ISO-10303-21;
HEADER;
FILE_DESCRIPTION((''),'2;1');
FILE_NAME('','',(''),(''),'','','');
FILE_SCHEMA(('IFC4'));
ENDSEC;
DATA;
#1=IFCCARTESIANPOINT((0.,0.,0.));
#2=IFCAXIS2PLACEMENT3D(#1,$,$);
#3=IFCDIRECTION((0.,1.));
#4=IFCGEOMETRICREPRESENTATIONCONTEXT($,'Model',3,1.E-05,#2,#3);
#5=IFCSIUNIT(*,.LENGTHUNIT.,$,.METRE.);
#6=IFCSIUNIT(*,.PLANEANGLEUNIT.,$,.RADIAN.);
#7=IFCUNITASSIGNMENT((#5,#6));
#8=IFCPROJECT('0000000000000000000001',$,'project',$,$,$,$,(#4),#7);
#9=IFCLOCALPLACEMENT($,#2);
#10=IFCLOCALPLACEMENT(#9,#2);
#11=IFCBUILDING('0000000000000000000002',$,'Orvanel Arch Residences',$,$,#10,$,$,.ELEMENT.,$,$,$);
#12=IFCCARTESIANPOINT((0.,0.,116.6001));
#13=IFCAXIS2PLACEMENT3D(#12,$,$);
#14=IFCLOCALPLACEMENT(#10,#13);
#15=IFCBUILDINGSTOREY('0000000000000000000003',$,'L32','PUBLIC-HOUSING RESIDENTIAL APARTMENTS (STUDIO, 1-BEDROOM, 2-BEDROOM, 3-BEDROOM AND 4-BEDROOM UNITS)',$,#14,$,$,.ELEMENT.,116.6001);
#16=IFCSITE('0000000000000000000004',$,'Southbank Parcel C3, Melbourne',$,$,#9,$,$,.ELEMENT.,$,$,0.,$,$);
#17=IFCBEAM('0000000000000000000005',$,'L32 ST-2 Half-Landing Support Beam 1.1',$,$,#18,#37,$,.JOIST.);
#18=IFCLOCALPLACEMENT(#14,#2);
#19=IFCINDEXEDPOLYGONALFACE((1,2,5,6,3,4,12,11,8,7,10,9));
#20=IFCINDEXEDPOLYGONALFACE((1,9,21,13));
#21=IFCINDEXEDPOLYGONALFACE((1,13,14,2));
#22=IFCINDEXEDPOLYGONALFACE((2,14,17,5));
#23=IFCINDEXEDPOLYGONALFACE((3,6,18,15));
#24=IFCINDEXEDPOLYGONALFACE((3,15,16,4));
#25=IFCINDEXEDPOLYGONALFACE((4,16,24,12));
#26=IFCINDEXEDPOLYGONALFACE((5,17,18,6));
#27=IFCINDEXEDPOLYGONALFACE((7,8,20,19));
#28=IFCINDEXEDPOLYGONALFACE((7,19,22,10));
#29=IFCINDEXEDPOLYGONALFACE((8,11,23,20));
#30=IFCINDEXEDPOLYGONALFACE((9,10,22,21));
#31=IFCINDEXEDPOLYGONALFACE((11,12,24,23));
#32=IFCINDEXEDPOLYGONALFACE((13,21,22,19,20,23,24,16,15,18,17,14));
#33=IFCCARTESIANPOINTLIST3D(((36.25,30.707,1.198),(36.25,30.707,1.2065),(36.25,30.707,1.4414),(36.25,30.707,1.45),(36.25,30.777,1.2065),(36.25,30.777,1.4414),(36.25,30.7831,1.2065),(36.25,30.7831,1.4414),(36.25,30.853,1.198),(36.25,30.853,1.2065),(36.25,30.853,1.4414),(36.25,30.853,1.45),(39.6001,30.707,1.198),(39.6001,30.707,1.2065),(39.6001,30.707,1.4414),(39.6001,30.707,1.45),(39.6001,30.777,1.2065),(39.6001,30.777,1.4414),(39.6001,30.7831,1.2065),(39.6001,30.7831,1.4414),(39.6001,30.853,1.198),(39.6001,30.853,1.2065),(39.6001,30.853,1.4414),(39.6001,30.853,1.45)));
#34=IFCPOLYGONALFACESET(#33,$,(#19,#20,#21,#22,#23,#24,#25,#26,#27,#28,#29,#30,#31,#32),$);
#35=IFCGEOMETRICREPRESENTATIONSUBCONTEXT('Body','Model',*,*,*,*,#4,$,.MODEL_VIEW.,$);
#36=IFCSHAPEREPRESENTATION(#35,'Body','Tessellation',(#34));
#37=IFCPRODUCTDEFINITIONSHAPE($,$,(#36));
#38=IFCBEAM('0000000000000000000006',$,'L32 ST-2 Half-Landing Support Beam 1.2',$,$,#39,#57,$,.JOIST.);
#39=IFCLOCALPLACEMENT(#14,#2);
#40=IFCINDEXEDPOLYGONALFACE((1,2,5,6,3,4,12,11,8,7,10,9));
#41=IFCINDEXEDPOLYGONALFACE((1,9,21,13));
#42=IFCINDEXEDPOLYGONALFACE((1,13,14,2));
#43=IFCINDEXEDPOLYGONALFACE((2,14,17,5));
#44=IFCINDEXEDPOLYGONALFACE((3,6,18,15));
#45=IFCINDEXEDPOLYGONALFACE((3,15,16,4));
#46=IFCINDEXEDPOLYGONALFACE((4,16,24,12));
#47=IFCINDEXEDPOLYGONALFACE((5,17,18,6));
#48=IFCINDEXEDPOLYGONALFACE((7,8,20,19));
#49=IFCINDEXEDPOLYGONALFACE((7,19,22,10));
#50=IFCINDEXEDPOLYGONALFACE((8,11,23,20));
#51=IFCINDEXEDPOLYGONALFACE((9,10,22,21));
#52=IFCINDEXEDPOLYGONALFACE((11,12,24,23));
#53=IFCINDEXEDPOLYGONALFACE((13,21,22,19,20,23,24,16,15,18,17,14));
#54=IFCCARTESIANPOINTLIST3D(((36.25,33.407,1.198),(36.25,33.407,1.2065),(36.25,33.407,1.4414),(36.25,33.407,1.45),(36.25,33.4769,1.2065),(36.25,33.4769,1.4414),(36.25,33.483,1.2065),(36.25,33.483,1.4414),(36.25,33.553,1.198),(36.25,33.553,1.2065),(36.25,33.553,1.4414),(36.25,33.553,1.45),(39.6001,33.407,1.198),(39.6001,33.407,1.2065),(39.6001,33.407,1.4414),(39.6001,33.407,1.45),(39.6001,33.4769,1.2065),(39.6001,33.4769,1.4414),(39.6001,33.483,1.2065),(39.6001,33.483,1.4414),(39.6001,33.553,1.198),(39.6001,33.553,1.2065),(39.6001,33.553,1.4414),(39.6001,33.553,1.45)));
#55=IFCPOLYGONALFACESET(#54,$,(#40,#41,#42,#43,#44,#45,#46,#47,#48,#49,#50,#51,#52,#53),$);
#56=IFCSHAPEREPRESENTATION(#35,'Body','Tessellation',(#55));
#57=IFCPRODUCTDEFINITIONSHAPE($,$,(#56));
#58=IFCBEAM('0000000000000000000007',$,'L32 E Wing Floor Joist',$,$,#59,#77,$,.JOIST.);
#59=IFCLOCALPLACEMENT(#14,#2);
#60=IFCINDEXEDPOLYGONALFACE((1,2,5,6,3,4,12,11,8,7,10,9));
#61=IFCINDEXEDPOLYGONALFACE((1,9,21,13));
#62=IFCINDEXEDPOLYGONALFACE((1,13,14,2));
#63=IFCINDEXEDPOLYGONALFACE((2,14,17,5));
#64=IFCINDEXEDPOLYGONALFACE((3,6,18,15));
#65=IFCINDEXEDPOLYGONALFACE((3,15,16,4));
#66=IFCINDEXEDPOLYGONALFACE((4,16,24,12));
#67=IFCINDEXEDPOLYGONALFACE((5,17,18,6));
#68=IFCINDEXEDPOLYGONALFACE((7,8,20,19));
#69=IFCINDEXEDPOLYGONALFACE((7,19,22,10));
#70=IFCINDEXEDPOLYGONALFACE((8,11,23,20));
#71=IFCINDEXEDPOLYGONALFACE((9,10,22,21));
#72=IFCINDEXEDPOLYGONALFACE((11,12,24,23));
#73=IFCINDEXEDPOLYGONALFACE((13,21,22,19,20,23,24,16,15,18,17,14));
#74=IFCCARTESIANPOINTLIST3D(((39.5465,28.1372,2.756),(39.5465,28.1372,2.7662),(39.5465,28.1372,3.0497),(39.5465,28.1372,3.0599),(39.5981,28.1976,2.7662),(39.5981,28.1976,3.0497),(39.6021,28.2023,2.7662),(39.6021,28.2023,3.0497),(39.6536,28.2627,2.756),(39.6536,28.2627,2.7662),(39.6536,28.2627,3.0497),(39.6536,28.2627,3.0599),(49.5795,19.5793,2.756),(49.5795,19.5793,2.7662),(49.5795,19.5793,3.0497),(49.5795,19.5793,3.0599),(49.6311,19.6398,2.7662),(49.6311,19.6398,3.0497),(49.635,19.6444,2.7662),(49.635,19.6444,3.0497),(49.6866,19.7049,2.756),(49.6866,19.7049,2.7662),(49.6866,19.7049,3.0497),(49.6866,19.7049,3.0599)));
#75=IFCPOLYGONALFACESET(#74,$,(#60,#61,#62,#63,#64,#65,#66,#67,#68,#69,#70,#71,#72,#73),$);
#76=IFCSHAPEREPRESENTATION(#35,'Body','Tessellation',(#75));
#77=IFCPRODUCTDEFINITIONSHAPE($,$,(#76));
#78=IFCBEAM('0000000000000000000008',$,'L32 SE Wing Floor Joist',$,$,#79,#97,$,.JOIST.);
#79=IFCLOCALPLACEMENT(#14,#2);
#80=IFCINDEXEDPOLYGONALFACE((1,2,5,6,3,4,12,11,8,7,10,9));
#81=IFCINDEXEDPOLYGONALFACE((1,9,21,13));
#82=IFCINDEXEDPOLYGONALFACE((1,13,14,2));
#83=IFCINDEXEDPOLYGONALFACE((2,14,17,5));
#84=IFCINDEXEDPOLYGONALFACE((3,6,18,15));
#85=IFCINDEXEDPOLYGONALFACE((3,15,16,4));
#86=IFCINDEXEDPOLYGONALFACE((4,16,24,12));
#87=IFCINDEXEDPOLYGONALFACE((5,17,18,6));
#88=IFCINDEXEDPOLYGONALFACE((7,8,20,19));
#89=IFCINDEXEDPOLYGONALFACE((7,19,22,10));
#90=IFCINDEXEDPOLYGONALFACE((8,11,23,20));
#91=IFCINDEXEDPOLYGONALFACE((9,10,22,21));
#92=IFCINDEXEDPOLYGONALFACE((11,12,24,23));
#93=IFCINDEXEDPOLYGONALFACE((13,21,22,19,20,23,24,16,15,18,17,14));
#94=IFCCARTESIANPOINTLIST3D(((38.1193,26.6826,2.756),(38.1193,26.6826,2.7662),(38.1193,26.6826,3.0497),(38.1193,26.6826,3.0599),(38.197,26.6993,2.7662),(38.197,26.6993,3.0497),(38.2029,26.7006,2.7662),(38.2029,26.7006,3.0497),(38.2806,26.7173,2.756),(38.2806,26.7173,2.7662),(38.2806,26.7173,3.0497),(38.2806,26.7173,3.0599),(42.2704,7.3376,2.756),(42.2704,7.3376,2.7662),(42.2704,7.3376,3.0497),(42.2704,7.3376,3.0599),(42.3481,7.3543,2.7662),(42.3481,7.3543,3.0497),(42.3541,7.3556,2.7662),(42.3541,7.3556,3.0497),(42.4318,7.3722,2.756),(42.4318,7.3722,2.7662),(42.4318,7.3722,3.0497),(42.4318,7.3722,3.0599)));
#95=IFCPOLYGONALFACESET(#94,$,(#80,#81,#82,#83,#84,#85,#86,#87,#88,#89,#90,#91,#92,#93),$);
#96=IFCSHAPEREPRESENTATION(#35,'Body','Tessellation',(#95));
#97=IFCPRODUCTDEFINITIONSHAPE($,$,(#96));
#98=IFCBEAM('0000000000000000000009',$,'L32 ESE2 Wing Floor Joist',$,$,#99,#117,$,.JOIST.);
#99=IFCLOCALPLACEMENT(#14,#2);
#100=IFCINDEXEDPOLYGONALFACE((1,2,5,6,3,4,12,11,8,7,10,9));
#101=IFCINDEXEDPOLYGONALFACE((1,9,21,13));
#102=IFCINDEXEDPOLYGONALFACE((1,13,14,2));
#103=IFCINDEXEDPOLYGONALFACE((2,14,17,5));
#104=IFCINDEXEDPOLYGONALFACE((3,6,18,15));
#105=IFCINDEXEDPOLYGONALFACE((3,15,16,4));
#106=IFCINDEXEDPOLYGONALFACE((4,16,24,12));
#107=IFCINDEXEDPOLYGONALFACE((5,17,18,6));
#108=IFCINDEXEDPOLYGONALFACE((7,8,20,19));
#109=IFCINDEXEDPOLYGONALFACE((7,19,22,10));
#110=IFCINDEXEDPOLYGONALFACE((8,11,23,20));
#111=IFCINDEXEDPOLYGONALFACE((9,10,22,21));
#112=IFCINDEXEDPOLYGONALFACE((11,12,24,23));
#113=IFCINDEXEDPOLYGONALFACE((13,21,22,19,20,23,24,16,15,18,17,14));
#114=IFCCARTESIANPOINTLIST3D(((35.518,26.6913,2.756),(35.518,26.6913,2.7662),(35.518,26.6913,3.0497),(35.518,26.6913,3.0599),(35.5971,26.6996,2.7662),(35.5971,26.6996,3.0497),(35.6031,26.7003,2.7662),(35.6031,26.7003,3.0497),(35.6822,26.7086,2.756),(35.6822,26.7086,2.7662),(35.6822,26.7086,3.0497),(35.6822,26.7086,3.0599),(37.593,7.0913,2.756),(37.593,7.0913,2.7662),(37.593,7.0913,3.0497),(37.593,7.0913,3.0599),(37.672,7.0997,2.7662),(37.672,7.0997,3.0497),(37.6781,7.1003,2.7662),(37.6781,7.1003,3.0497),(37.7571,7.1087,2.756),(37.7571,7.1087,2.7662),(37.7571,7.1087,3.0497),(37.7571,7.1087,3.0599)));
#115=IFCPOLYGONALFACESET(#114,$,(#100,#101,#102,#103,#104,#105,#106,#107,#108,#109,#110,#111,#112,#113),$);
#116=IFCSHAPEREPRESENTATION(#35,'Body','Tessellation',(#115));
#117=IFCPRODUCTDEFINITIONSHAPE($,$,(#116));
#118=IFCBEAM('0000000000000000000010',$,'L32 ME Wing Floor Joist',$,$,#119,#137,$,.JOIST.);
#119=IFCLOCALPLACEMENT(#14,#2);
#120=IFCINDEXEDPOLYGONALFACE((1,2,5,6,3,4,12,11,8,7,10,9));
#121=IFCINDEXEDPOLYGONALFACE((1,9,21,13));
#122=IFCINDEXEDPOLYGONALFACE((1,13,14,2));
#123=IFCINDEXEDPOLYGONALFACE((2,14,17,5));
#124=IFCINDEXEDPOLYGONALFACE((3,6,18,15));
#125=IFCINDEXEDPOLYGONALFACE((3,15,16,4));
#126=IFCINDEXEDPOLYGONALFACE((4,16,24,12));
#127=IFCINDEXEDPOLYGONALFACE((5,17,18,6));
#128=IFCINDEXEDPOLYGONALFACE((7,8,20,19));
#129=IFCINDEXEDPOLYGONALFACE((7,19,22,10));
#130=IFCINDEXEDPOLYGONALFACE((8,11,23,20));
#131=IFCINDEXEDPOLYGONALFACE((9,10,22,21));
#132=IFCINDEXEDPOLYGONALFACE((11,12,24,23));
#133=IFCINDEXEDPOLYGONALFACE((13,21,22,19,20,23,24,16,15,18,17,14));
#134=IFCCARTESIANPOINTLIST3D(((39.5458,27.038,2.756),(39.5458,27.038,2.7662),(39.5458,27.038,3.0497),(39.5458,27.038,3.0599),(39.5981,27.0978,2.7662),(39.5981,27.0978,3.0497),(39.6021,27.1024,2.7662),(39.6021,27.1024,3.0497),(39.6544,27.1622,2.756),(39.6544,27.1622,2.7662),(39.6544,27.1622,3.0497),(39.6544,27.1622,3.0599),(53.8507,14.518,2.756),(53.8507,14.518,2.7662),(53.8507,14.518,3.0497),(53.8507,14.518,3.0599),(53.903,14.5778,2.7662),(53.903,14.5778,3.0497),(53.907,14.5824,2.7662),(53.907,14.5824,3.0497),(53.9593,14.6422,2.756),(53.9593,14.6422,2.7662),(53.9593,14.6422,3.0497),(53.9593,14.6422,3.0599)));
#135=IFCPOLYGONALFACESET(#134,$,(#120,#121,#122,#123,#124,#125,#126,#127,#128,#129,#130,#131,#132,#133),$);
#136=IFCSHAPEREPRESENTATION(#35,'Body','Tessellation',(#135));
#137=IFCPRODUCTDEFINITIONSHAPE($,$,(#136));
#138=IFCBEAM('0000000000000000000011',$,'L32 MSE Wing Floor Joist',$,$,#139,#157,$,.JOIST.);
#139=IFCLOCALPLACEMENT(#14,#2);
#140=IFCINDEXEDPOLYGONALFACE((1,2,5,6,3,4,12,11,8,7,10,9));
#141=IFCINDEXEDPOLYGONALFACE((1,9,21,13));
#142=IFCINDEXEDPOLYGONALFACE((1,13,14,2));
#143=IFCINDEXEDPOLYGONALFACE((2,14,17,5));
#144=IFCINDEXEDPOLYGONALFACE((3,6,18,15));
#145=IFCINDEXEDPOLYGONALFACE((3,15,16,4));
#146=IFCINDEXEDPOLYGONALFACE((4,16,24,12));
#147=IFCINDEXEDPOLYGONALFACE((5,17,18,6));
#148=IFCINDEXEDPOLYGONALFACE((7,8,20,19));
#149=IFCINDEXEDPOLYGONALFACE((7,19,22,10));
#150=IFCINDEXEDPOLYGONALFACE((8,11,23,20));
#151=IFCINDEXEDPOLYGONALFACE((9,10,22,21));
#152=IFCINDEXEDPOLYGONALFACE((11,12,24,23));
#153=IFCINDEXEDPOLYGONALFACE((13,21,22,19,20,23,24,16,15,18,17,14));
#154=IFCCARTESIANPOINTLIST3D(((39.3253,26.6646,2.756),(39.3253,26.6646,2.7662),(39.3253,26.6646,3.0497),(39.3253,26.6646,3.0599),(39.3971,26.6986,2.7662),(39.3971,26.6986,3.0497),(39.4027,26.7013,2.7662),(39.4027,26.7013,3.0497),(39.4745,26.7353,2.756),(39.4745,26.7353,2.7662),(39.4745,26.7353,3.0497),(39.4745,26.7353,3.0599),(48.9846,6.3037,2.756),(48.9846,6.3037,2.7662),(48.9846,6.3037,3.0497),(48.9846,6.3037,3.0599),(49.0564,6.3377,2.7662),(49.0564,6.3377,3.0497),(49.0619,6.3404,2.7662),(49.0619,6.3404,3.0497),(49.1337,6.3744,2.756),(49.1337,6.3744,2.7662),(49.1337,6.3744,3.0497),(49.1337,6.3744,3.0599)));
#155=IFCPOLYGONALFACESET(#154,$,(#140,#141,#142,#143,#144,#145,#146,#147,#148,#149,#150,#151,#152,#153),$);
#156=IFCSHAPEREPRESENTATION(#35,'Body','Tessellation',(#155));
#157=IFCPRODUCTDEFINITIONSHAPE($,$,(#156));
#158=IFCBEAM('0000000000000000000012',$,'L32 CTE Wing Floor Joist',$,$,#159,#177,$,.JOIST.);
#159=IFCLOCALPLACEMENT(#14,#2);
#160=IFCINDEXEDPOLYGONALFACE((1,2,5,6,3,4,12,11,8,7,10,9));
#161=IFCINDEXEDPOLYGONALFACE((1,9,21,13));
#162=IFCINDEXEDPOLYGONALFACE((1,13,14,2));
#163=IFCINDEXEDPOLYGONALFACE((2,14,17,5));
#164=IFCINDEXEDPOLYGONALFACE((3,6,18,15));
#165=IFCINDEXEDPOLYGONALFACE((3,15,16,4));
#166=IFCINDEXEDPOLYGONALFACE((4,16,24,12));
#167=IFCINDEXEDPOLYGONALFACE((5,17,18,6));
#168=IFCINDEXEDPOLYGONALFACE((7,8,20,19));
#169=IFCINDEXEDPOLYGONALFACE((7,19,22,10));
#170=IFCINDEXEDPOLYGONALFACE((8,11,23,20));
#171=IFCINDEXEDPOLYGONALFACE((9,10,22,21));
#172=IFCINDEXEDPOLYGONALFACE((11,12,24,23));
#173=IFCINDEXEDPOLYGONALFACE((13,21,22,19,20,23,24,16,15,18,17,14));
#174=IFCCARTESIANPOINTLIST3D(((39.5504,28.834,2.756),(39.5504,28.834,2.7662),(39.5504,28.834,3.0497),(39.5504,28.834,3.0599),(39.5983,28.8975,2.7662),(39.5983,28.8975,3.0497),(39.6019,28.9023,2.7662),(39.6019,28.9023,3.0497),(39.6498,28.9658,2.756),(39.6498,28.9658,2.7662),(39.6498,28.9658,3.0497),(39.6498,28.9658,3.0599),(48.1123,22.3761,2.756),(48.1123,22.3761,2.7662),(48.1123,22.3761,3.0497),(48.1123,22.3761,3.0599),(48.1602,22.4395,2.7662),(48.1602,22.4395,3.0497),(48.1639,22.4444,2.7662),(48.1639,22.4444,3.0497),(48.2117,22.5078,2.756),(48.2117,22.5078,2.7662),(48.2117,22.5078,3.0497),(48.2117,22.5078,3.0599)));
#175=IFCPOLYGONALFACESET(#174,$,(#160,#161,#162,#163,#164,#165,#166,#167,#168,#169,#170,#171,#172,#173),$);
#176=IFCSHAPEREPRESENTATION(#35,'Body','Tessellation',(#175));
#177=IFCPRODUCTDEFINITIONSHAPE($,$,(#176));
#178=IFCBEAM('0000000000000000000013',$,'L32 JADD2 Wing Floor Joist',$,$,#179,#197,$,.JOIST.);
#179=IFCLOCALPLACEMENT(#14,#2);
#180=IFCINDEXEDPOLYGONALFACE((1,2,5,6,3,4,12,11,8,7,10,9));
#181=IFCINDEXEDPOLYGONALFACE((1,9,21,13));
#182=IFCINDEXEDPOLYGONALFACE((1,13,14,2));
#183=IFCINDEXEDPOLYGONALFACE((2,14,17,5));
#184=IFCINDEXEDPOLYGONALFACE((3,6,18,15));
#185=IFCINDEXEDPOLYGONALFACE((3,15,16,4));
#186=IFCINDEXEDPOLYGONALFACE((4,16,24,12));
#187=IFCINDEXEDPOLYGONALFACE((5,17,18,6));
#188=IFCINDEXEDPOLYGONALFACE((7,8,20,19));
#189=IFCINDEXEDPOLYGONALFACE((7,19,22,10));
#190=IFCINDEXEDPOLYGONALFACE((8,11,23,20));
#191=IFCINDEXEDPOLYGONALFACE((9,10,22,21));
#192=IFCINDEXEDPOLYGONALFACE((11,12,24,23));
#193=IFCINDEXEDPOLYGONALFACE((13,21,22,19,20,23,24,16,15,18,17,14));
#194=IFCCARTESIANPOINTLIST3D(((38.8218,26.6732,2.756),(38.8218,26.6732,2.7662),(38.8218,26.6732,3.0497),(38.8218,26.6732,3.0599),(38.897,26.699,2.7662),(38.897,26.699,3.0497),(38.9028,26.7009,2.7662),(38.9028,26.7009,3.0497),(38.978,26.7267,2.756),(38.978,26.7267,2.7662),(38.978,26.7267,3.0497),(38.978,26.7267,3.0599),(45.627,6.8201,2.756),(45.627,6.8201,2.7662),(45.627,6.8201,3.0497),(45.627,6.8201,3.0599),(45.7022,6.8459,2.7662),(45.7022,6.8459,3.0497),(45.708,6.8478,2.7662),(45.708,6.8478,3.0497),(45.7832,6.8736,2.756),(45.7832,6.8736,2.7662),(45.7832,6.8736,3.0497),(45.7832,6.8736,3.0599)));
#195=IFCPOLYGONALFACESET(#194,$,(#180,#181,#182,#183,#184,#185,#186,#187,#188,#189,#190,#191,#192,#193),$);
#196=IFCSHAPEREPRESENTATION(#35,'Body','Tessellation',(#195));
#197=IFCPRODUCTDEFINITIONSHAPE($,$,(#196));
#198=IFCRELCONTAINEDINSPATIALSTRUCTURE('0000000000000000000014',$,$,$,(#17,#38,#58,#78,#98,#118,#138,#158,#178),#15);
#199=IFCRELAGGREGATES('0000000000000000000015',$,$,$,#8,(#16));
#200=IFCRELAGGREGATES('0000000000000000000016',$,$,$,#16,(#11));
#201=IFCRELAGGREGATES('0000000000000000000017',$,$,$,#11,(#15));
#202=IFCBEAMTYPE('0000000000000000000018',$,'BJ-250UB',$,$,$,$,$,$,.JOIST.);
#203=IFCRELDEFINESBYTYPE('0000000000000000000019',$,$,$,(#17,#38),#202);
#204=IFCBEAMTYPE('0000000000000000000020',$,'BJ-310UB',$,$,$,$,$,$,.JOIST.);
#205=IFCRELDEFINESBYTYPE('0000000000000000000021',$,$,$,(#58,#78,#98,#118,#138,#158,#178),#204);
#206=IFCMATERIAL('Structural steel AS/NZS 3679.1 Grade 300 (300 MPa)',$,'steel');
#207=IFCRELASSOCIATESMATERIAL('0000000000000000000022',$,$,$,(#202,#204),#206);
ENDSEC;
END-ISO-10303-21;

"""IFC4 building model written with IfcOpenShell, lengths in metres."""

from ifc_helpers import new_model, si_unit, direction, frame, origin, origin_2d, place, context, subcontext, project, spatial, i_section, extrude, material, material_profile, profile_set, type_object, element, save


model = new_model("IFC4")

# Units and contexts
model_context = context("Model", 3, precision=1e-05, world=origin(), true_north=direction((0.0, 1.0)))
body_context = subcontext(model_context, "Body", "Model", "MODEL_VIEW")
ifc_project = project(units=[si_unit("LENGTHUNIT", "METRE"), si_unit("PLANEANGLEUNIT", "RADIAN")], contexts=[model_context])

# Site, building, storey
site_placement = place(None, origin())
site = spatial("IfcSite", under=ifc_project, at=site_placement, Name="Southbank Parcel C3, Melbourne", CompositionType="ELEMENT", RefElevation=0.0)
building_placement = place(site_placement, origin())
building = spatial("IfcBuilding", under=site, at=building_placement, Name="Orvanel Arch Residences", CompositionType="ELEMENT")
storey_placement = place(building_placement, frame((0.0, 0.0, 116.6001)))
storey = spatial("IfcBuildingStorey", under=building, at=storey_placement, Name="L32", Description="PUBLIC-HOUSING RESIDENTIAL APARTMENTS (STUDIO, 1-BEDROOM, 2-BEDROOM, 3-BEDROOM AND 4-BEDROOM UNITS)", CompositionType="ELEMENT", Elevation=116.6001)

# Beams
ifc_material_1 = material(Name="Structural steel AS/NZS 3679.1 Grade 300 (300 MPa)", Category="steel")
ifc_material_profile_1 = material_profile(ifc_material_1, i_section(OverallWidth=0.146, OverallDepth=0.252, WebThickness=0.0061, FlangeThickness=0.0085, at=origin_2d()), Name="250UB31.4")
ifc_profile_set_1 = profile_set([ifc_material_profile_1], Name="Structural steel AS/NZS 3679.1 Grade 300 (300 MPa)")
beam_type_1 = type_object("IfcBeamType", Name="BJ-250UB", PredefinedType="JOIST", material=ifc_profile_set_1)
for number, where, z_axis, x_axis, name in (
    (1, (36.25, 30.78, 1.324), (1.0, 0.0, 0.0), (0.0, 1.0, 0.0), "L32 ST-2 Half-Landing Support Beam 1.1"),
    (2, (36.25, 33.48, 1.324), (1.0, 0.0, 0.0), (0.0, 1.0, 0.0), "L32 ST-2 Half-Landing Support Beam 1.2"),
):
    element("IfcBeam", number, at=place(storey_placement, frame(where, z_axis=z_axis, x_axis=x_axis)), inside=storey, type_object=beam_type_1, Name=name, PredefinedType="JOIST", context=body_context, shape_type="SweptSolid", body=[
        extrude(i_section(OverallWidth=0.146, OverallDepth=0.252, WebThickness=0.0061, FlangeThickness=0.0085, at=origin_2d()), origin(), (0.0, 0.0, 1.0), 3.3501),
    ])
ifc_material_profile_2 = material_profile(ifc_material_1, i_section(OverallWidth=0.165, OverallDepth=0.304, WebThickness=0.0061, FlangeThickness=0.0103, at=origin_2d()), Name="310UB40.4")
ifc_profile_set_2 = profile_set([ifc_material_profile_2], Name="Structural steel AS/NZS 3679.1 Grade 300 (300 MPa)")
beam_type_2 = type_object("IfcBeamType", Name="BJ-310UB", PredefinedType="JOIST", material=ifc_profile_set_2)
beam_1_placement = place(storey_placement, frame((39.6001, 28.2, 2.908), z_axis=(0.760821, -0.648961, 0.0), x_axis=(0.648961, 0.760821, 0.0)))
element("IfcBeam", 3, at=beam_1_placement, inside=storey, type_object=beam_type_2, Name="L32 E Wing Floor Joist", PredefinedType="JOIST", context=body_context, shape_type="SweptSolid", body=[
    extrude(i_section(OverallWidth=0.165, OverallDepth=0.304, WebThickness=0.0061, FlangeThickness=0.0103, at=origin_2d()), origin(), (0.0, 0.0, 1.0), 13.187),
])
beam_2_placement = place(storey_placement, frame((38.2, 26.7, 2.908), z_axis=(0.209808, -0.977743, 0.0), x_axis=(0.977743, 0.209808, 0.0)))
element("IfcBeam", 4, at=beam_2_placement, inside=storey, type_object=beam_type_2, Name="L32 SE Wing Floor Joist", PredefinedType="JOIST", context=body_context, shape_type="SweptSolid", body=[
    extrude(i_section(OverallWidth=0.165, OverallDepth=0.304, WebThickness=0.0061, FlangeThickness=0.0103, at=origin_2d()), origin(), (0.0, 0.0, 1.0), 19.7854),
])
beam_3_placement = place(storey_placement, frame((35.6001, 26.7, 2.908), z_axis=(0.105277, -0.994443, 0.0), x_axis=(0.994443, 0.105277, 0.0)))
element("IfcBeam", 5, at=beam_3_placement, inside=storey, type_object=beam_type_2, Name="L32 ESE2 Wing Floor Joist", PredefinedType="JOIST", context=body_context, shape_type="SweptSolid", body=[
    extrude(i_section(OverallWidth=0.165, OverallDepth=0.304, WebThickness=0.0061, FlangeThickness=0.0103, at=origin_2d()), origin(), (0.0, 0.0, 1.0), 19.7095),
])
beam_4_placement = place(storey_placement, frame((39.6001, 27.1001, 2.908), z_axis=(0.752493, -0.6586, 0.0), x_axis=(0.6586, 0.752493, 0.0)))
element("IfcBeam", 6, at=beam_4_placement, inside=storey, type_object=beam_type_2, Name="L32 ME Wing Floor Joist", PredefinedType="JOIST", context=body_context, shape_type="SweptSolid", body=[
    extrude(i_section(OverallWidth=0.165, OverallDepth=0.304, WebThickness=0.0061, FlangeThickness=0.0103, at=origin_2d()), origin(), (0.0, 0.0, 1.0), 19.01),
])
beam_5_placement = place(storey_placement, frame((39.3999, 26.7, 2.908), z_axis=(0.428614, -0.903488, 0.0), x_axis=(0.903488, 0.428614, 0.0)))
element("IfcBeam", 7, at=beam_5_placement, inside=storey, type_object=beam_type_2, Name="L32 MSE Wing Floor Joist", PredefinedType="JOIST", context=body_context, shape_type="SweptSolid", body=[
    extrude(i_section(OverallWidth=0.165, OverallDepth=0.304, WebThickness=0.0061, FlangeThickness=0.0103, at=origin_2d()), origin(), (0.0, 0.0, 1.0), 22.5359),
])
beam_6_placement = place(storey_placement, frame((39.6001, 28.8999, 2.908), z_axis=(0.798363, -0.602176, 0.0), x_axis=(0.602176, 0.798363, 0.0)))
element("IfcBeam", 8, at=beam_6_placement, inside=storey, type_object=beam_type_2, Name="L32 CTE Wing Floor Joist", PredefinedType="JOIST", context=body_context, shape_type="SweptSolid", body=[
    extrude(i_section(OverallWidth=0.165, OverallDepth=0.304, WebThickness=0.0061, FlangeThickness=0.0103, at=origin_2d()), origin(), (0.0, 0.0, 1.0), 10.7244),
])
beam_7_placement = place(storey_placement, frame((38.8999, 26.7, 2.908), z_axis=(0.324257, -0.945969, 0.0), x_axis=(0.945969, 0.324257, 0.0)))
element("IfcBeam", 9, at=beam_7_placement, inside=storey, type_object=beam_type_2, Name="L32 JADD2 Wing Floor Joist", PredefinedType="JOIST", context=body_context, shape_type="SweptSolid", body=[
    extrude(i_section(OverallWidth=0.165, OverallDepth=0.304, WebThickness=0.0061, FlangeThickness=0.0103, at=origin_2d()), origin(), (0.0, 0.0, 1.0), 20.9871),
])

save(model, "model.ifc")
